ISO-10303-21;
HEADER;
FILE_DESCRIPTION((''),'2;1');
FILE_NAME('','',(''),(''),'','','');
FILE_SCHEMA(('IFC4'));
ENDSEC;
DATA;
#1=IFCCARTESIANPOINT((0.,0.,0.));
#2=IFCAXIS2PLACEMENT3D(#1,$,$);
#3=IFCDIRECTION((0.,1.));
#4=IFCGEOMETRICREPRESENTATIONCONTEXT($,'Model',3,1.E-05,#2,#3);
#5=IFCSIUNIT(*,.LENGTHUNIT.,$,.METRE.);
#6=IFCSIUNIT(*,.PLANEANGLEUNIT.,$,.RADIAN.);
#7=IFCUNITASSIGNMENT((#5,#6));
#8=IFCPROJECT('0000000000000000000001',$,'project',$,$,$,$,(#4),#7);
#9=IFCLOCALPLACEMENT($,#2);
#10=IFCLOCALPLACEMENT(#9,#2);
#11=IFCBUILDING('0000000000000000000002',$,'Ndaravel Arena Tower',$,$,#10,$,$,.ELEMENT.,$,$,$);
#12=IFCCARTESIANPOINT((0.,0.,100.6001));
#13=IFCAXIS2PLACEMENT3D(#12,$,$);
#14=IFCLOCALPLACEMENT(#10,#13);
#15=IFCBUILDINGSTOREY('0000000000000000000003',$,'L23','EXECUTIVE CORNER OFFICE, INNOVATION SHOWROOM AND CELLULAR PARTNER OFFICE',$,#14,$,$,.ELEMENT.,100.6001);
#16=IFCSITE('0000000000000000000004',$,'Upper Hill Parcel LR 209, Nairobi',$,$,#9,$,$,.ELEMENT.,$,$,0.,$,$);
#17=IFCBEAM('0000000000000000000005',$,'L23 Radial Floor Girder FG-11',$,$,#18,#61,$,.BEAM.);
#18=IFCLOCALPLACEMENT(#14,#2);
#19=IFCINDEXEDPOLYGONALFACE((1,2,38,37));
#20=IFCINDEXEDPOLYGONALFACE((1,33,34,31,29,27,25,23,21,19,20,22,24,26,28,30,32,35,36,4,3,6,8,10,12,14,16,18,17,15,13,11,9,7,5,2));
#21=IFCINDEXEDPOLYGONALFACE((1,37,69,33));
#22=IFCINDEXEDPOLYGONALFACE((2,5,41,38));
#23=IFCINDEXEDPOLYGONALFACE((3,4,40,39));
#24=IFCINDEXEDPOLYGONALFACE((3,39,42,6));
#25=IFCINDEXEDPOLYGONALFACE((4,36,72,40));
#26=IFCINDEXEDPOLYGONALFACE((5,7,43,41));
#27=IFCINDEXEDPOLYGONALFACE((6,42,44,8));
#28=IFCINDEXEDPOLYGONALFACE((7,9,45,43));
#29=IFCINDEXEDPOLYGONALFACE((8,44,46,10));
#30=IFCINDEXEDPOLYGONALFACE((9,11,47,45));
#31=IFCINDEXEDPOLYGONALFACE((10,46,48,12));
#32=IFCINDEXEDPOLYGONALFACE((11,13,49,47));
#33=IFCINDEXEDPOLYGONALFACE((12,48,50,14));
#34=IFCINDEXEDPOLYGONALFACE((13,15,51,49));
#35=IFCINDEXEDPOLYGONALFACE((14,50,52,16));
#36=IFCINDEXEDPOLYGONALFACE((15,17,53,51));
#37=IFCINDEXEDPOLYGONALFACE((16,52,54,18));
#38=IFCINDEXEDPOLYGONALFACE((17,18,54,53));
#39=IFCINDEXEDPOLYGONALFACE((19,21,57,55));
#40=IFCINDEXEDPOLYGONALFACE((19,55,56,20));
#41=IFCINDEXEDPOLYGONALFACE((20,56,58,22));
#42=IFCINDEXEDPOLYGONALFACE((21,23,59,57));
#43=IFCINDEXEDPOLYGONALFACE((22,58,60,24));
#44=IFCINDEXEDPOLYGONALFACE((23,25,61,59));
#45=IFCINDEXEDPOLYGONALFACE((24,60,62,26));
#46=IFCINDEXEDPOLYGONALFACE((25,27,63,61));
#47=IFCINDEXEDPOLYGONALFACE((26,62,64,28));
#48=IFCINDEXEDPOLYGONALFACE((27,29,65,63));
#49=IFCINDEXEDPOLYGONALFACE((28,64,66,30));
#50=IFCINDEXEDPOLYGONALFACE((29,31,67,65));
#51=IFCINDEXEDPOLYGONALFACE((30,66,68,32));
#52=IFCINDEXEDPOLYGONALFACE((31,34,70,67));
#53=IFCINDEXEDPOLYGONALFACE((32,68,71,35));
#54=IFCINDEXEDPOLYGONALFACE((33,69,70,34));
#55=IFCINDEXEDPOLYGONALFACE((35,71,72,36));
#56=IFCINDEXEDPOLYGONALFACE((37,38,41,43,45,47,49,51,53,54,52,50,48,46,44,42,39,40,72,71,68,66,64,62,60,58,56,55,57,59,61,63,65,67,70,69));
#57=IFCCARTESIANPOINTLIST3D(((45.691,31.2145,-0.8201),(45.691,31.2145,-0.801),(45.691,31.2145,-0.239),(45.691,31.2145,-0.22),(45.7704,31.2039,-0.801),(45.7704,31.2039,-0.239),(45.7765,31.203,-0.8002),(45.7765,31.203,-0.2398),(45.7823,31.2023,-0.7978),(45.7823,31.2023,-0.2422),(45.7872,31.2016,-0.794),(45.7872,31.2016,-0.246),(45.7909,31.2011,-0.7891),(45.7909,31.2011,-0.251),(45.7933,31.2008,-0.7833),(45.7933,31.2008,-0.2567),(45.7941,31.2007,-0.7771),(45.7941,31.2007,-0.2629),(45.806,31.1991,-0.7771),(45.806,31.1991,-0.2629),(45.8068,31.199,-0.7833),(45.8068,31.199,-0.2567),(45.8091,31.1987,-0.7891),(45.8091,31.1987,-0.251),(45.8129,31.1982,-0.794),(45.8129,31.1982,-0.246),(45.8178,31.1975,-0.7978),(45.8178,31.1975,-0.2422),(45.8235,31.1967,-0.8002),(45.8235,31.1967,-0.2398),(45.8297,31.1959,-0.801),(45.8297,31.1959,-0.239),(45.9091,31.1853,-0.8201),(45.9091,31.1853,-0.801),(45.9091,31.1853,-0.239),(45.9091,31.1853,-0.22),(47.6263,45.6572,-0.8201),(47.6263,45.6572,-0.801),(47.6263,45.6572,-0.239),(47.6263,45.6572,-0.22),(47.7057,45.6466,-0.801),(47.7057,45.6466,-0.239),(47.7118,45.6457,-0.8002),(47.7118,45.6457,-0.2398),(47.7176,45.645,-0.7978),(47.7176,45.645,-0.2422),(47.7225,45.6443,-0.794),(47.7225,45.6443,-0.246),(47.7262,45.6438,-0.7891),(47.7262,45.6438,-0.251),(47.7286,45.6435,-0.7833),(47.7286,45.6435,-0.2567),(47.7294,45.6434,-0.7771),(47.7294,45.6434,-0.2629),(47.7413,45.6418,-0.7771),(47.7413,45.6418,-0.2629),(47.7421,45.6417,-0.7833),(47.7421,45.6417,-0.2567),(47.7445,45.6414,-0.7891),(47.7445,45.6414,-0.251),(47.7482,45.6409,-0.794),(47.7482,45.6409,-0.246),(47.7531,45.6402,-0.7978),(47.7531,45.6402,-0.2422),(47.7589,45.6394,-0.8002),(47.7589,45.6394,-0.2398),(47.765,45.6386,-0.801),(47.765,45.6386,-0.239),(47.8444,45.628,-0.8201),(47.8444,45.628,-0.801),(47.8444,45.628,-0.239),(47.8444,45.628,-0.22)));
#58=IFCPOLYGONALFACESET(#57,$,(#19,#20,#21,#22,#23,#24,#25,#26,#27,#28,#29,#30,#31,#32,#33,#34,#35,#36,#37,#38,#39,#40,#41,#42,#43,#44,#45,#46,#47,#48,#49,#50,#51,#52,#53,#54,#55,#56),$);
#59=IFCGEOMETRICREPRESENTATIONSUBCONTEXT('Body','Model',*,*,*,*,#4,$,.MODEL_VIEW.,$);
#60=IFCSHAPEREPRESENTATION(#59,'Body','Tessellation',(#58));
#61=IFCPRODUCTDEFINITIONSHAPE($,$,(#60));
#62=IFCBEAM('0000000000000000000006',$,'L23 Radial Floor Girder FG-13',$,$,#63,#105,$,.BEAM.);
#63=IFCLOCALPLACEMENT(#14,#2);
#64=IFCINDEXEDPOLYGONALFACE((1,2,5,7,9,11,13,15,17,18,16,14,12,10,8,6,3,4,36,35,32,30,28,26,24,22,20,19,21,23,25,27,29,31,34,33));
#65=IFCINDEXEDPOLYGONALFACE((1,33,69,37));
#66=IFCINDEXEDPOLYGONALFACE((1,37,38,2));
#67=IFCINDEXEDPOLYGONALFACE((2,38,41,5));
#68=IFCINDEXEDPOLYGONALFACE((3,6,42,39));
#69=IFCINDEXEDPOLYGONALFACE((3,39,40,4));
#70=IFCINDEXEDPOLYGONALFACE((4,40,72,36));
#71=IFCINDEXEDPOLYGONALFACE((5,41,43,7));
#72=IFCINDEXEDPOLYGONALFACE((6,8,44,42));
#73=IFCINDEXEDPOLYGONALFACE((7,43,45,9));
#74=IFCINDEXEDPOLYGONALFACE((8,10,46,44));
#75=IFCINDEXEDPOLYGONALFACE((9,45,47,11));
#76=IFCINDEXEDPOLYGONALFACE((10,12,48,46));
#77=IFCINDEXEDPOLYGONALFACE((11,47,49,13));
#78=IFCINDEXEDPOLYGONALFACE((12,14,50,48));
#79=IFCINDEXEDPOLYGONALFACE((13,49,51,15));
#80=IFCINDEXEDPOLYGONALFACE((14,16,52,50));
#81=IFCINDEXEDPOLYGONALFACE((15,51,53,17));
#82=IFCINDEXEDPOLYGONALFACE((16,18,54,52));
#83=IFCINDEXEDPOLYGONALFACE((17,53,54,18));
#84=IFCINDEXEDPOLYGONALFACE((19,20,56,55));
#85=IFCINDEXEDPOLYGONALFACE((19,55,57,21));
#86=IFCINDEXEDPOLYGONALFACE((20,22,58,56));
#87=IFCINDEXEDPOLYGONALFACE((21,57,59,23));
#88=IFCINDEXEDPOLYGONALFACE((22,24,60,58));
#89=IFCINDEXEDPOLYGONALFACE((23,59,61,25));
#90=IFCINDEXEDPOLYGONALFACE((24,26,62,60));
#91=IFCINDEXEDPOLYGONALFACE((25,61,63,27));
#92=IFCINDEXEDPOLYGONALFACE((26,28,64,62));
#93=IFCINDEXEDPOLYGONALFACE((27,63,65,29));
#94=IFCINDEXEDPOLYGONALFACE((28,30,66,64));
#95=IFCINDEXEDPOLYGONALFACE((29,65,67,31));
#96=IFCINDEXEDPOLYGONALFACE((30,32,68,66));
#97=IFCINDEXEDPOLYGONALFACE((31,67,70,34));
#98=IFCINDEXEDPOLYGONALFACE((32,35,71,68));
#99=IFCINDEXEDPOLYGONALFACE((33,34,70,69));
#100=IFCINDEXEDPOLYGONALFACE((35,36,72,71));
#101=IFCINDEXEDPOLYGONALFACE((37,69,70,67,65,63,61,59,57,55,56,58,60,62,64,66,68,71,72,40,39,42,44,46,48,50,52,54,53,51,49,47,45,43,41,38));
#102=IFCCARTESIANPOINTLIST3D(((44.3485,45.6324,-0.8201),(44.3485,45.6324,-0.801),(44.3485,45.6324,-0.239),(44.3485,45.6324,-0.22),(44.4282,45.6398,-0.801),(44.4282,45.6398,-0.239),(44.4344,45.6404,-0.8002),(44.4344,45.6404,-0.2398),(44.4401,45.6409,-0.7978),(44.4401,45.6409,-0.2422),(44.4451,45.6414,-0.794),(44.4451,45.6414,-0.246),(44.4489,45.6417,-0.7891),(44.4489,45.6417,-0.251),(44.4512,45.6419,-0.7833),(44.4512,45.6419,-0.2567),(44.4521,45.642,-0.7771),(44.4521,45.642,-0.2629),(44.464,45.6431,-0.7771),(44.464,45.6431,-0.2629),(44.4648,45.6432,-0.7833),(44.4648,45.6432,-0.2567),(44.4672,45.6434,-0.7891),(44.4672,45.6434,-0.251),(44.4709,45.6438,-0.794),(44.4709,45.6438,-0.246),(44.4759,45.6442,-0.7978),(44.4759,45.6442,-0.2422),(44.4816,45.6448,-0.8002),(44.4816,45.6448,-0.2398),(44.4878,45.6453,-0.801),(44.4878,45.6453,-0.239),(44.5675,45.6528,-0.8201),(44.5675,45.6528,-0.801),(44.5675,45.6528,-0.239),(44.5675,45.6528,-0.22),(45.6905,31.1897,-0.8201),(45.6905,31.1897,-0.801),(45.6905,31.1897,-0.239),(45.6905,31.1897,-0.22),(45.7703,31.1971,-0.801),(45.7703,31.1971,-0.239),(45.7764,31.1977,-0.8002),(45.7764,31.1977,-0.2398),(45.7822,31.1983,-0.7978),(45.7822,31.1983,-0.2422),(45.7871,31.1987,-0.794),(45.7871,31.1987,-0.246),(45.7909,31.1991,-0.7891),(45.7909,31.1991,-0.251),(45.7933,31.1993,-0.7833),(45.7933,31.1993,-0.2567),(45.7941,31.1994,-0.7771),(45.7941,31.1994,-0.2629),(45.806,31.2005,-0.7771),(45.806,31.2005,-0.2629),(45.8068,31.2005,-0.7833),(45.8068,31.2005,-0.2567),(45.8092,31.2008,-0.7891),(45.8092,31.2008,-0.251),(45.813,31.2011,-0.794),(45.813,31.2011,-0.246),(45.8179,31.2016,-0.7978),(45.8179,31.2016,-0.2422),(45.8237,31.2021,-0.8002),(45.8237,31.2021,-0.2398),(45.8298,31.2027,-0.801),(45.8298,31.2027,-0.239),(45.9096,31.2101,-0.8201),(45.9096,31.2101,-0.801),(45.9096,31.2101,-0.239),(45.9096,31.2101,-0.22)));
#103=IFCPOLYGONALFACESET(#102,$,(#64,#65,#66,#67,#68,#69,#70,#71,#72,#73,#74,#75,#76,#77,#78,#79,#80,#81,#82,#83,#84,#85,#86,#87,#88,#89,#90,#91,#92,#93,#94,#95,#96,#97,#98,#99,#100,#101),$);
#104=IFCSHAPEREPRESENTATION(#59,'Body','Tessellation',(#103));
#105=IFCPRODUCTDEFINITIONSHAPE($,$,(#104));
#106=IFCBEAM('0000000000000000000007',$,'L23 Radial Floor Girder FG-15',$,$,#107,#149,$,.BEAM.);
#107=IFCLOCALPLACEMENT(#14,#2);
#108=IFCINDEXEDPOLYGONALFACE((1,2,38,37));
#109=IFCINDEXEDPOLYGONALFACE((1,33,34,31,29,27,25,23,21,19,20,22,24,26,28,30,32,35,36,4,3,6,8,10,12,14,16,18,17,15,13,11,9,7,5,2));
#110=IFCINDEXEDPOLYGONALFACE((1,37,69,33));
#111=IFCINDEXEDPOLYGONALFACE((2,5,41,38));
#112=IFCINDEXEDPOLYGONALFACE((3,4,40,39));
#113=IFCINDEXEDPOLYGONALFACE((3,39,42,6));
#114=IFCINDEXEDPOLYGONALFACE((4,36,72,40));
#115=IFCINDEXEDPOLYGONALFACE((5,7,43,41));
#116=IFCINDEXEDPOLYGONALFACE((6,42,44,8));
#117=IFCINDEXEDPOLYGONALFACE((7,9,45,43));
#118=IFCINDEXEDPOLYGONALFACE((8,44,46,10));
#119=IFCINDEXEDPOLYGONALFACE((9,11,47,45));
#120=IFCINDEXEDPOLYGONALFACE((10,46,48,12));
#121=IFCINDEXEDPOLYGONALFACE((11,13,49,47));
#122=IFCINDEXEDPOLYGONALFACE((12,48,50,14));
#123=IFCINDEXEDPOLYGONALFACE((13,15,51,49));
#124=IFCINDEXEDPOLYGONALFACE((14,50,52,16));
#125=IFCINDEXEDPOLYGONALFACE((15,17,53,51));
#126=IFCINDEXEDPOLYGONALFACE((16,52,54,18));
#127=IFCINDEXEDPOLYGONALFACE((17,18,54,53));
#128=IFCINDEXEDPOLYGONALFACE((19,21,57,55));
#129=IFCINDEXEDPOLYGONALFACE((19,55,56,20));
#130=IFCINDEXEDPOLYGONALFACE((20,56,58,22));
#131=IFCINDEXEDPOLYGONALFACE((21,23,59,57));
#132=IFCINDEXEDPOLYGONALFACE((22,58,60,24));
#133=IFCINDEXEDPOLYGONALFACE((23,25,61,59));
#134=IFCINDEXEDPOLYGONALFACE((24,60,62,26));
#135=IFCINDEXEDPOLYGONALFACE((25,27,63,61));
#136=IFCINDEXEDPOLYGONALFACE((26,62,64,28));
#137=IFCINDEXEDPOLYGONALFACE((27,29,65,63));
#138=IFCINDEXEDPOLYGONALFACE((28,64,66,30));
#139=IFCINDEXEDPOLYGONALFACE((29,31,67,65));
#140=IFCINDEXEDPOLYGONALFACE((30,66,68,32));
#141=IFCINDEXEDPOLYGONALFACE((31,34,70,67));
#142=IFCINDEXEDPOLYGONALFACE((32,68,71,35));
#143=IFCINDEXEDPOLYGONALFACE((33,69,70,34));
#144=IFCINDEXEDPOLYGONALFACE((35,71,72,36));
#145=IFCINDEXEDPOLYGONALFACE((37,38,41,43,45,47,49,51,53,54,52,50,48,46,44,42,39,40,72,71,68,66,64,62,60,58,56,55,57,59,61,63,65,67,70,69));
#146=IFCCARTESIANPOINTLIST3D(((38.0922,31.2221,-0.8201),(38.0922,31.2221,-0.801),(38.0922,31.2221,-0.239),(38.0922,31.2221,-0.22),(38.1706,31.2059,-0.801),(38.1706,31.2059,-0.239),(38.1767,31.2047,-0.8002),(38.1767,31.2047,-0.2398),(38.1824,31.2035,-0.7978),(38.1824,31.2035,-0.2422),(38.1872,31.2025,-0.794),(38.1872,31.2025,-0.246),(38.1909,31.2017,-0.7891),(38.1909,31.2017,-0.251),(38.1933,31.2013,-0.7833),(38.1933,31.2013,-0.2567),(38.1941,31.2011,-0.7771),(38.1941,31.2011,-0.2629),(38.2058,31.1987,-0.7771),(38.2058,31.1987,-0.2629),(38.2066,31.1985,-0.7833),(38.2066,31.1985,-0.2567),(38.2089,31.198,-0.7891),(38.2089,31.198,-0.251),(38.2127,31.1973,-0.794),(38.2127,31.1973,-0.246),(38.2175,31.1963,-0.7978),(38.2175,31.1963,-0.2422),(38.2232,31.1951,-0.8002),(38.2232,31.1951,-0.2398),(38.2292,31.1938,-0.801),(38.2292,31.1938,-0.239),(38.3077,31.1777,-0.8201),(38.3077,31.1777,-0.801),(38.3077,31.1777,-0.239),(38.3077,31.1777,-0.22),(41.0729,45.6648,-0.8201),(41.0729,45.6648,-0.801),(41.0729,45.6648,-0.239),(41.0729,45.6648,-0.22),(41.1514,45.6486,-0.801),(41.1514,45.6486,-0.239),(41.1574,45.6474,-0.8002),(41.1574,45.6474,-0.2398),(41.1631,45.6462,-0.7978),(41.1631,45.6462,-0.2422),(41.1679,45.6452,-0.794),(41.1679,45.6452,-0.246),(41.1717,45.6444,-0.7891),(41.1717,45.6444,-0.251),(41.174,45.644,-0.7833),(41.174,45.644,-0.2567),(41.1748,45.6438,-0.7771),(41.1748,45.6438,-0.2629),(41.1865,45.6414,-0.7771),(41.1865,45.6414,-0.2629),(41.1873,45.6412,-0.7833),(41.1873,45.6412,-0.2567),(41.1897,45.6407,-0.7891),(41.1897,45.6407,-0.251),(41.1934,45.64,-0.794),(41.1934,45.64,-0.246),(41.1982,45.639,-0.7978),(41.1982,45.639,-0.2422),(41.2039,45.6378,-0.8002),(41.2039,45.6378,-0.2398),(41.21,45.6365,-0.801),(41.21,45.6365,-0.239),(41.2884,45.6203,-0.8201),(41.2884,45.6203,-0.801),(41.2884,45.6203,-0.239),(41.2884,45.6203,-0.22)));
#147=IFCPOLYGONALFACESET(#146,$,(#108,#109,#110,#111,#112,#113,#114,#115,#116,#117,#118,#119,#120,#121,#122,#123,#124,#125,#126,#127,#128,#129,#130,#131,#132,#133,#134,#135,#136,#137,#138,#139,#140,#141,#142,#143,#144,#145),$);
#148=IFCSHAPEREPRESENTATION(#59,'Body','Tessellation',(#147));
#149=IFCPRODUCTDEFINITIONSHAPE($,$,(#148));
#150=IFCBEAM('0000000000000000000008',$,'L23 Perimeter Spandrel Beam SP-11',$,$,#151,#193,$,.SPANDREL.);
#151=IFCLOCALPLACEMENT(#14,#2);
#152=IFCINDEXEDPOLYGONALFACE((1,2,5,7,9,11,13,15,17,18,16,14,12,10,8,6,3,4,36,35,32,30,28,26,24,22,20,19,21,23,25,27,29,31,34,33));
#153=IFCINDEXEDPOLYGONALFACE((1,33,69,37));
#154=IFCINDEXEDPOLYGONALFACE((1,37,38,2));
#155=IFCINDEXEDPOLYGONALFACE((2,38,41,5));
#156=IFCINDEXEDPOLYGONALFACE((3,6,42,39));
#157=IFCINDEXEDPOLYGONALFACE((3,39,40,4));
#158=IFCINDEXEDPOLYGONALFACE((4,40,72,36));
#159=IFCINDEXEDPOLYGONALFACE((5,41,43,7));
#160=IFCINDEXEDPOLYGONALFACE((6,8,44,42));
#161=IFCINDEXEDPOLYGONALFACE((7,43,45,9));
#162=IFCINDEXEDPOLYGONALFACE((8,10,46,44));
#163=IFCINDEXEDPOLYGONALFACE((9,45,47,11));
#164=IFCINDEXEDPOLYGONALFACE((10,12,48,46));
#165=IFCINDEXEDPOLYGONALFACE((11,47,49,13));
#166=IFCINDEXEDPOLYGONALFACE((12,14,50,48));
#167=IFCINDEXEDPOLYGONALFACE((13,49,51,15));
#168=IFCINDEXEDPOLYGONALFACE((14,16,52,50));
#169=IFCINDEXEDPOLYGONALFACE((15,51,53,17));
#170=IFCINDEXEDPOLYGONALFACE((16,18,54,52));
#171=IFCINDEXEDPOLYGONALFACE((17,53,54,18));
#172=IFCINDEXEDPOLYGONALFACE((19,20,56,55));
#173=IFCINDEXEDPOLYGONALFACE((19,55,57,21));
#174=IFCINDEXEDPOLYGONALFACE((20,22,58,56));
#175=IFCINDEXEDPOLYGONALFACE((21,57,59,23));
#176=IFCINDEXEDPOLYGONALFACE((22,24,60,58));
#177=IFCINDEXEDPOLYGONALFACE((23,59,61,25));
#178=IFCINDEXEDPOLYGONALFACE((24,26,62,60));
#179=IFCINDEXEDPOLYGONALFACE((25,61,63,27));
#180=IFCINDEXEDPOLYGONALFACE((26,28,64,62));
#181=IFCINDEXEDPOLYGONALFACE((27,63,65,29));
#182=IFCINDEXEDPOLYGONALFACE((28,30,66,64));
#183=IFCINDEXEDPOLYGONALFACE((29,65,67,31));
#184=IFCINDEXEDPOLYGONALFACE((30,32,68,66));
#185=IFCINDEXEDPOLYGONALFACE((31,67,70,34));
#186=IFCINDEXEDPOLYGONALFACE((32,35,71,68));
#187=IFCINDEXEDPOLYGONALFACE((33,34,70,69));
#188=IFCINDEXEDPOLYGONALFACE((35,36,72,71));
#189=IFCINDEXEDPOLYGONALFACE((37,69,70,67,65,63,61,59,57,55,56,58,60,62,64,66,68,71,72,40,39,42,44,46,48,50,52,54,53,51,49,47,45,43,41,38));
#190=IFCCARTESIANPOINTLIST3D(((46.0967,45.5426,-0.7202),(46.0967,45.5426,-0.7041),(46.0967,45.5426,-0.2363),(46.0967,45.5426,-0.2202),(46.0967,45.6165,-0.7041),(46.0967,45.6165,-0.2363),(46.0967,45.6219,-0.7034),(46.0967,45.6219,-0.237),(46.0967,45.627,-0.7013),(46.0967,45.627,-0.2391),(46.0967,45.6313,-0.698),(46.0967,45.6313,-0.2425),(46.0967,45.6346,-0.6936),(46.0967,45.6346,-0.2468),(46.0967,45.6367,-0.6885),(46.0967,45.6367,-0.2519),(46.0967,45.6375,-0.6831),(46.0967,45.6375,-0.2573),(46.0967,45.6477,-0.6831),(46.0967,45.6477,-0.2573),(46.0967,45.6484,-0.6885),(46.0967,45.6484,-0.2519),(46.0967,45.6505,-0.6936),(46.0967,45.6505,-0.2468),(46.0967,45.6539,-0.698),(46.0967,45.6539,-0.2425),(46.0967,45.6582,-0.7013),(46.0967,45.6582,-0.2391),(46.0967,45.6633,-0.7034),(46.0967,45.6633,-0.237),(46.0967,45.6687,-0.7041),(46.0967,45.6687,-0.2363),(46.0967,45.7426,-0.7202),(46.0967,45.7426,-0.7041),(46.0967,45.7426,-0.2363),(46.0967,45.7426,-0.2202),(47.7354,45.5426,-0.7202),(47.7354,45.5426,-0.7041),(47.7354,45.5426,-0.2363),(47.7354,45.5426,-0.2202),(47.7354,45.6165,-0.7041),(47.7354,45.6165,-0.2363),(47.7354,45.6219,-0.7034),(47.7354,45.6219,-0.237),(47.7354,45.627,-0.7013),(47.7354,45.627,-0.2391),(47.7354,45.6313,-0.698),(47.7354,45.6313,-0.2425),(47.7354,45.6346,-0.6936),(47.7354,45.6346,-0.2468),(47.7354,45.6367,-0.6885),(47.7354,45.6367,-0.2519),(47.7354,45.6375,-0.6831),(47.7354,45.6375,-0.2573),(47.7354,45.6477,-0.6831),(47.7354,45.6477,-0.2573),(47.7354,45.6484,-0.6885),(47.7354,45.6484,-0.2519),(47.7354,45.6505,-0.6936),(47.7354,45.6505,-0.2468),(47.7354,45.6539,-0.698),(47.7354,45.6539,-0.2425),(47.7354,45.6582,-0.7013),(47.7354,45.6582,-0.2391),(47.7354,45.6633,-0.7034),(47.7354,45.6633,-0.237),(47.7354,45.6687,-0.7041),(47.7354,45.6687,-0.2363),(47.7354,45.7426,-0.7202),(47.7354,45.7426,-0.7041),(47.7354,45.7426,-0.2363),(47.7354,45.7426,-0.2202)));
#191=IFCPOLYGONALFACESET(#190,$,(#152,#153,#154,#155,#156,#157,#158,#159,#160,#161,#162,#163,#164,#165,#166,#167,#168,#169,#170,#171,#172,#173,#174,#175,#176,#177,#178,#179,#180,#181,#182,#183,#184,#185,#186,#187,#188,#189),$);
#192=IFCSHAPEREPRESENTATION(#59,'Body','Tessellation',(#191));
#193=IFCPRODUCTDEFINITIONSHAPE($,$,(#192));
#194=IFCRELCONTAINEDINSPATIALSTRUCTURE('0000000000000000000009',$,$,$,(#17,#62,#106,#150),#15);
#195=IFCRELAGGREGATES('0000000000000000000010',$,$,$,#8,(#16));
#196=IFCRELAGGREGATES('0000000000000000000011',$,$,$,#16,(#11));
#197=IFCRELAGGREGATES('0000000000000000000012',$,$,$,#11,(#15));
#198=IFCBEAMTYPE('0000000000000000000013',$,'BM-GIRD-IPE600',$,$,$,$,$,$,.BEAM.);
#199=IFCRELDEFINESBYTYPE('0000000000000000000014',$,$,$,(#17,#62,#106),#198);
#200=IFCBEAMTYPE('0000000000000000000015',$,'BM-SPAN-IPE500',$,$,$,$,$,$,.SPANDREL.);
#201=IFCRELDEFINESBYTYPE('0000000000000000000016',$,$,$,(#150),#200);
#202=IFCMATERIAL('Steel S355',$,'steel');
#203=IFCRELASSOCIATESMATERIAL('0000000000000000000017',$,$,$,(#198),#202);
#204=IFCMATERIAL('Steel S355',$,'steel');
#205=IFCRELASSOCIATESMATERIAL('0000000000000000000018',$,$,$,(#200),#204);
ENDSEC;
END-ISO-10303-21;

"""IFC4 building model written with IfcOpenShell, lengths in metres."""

from ifc_helpers import new_model, si_unit, direction, frame, origin, origin_2d, place, context, subcontext, project, spatial, i_section, extrude, material, material_profile, profile_set, type_object, element, save


model = new_model("IFC4")

# Units and contexts
model_context = context("Model", 3, precision=1e-05, world=origin(), true_north=direction((0.0, 1.0)))
body_context = subcontext(model_context, "Body", "Model", "MODEL_VIEW")
ifc_project = project(units=[si_unit("LENGTHUNIT", "METRE"), si_unit("PLANEANGLEUNIT", "RADIAN")], contexts=[model_context])

# Site, building, storey
site_placement = place(None, origin())
site = spatial("IfcSite", under=ifc_project, at=site_placement, Name="Upper Hill Parcel LR 209, Nairobi", CompositionType="ELEMENT", RefElevation=0.0)
building_placement = place(site_placement, origin())
building = spatial("IfcBuilding", under=site, at=building_placement, Name="Ndaravel Arena Tower", CompositionType="ELEMENT")
storey_placement = place(building_placement, frame((0.0, 0.0, 100.6001)))
storey = spatial("IfcBuildingStorey", under=building, at=storey_placement, Name="L23", Description="EXECUTIVE CORNER OFFICE, INNOVATION SHOWROOM AND CELLULAR PARTNER OFFICE", CompositionType="ELEMENT", Elevation=100.6001)

# Beams
ifc_material_1 = material(Name="Steel S355", Category="steel")
ifc_material_profile_1 = material_profile(ifc_material_1, i_section(OverallWidth=0.22, OverallDepth=0.6001, WebThickness=0.012, FlangeThickness=0.019, FilletRadius=0.0239, at=origin_2d()), Name="IPE 600")
ifc_profile_set_1 = profile_set([ifc_material_profile_1], Name="Steel S355")
beam_type_1 = type_object("IfcBeamType", Name="BM-GIRD-IPE600", PredefinedType="BEAM", material=ifc_profile_set_1)
beam_1_placement = place(storey_placement, frame((47.7354, 45.6426, -0.52), z_axis=(-0.132812, -0.991141, 0.0), x_axis=(0.991141, -0.132812, 0.0)))
element("IfcBeam", 1, at=beam_1_placement, inside=storey, type_object=beam_type_1, Name="L23 Radial Floor Girder FG-11", PredefinedType="BEAM", context=body_context, shape_type="SweptSolid", body=[
    extrude(i_section(OverallWidth=0.22, OverallDepth=0.6001, WebThickness=0.012, FlangeThickness=0.019, FilletRadius=0.0239, at=origin_2d()), origin(), (0.0, 0.0, 1.0), 14.5718),
])
beam_2_placement = place(storey_placement, frame((44.458, 45.6426, -0.52), z_axis=(0.092524, -0.99571, 0.0), x_axis=(0.99571, 0.092524, 0.0)))
element("IfcBeam", 2, at=beam_2_placement, inside=storey, type_object=beam_type_1, Name="L23 Radial Floor Girder FG-13", PredefinedType="BEAM", context=body_context, shape_type="SweptSolid", body=[
    extrude(i_section(OverallWidth=0.22, OverallDepth=0.6001, WebThickness=0.012, FlangeThickness=0.019, FilletRadius=0.0239, at=origin_2d()), origin(), (0.0, 0.0, 1.0), 14.5049),
])
beam_3_placement = place(storey_placement, frame((41.1807, 45.6426, -0.52), z_axis=(-0.202123, -0.97936, 0.0), x_axis=(0.97936, -0.202123, 0.0)))
element("IfcBeam", 3, at=beam_3_placement, inside=storey, type_object=beam_type_1, Name="L23 Radial Floor Girder FG-15", PredefinedType="BEAM", context=body_context, shape_type="SweptSolid", body=[
    extrude(i_section(OverallWidth=0.22, OverallDepth=0.6001, WebThickness=0.012, FlangeThickness=0.019, FilletRadius=0.0239, at=origin_2d()), origin(), (0.0, 0.0, 1.0), 14.7471),
])
ifc_material_2 = material(Name="Steel S355", Category="steel")
ifc_material_profile_2 = material_profile(ifc_material_2, i_section(OverallWidth=0.2, OverallDepth=0.5, WebThickness=0.0103, FlangeThickness=0.0161, FilletRadius=0.021, at=origin_2d()), Name="IPE 500")
ifc_profile_set_2 = profile_set([ifc_material_profile_2], Name="Steel S355")
beam_type_2 = type_object("IfcBeamType", Name="BM-SPAN-IPE500", PredefinedType="SPANDREL", material=ifc_profile_set_2)
for number, where, z_axis, x_axis, name in (
    (4, (47.7354, 45.6426, -0.4702), (-1.0, 0.0, 0.0), (0.0, -1.0, 0.0), "L23 Perimeter Spandrel Beam SP-11"),
):
    element("IfcBeam", number, at=place(storey_placement, frame(where, z_axis=z_axis, x_axis=x_axis)), inside=storey, type_object=beam_type_2, Name=name, PredefinedType="SPANDREL", context=body_context, shape_type="SweptSolid", body=[
        extrude(i_section(OverallWidth=0.2, OverallDepth=0.5, WebThickness=0.0103, FlangeThickness=0.0161, FilletRadius=0.021, at=origin_2d()), origin(), (0.0, 0.0, 1.0), 1.6387),
    ])

save(model, "model.ifc")
